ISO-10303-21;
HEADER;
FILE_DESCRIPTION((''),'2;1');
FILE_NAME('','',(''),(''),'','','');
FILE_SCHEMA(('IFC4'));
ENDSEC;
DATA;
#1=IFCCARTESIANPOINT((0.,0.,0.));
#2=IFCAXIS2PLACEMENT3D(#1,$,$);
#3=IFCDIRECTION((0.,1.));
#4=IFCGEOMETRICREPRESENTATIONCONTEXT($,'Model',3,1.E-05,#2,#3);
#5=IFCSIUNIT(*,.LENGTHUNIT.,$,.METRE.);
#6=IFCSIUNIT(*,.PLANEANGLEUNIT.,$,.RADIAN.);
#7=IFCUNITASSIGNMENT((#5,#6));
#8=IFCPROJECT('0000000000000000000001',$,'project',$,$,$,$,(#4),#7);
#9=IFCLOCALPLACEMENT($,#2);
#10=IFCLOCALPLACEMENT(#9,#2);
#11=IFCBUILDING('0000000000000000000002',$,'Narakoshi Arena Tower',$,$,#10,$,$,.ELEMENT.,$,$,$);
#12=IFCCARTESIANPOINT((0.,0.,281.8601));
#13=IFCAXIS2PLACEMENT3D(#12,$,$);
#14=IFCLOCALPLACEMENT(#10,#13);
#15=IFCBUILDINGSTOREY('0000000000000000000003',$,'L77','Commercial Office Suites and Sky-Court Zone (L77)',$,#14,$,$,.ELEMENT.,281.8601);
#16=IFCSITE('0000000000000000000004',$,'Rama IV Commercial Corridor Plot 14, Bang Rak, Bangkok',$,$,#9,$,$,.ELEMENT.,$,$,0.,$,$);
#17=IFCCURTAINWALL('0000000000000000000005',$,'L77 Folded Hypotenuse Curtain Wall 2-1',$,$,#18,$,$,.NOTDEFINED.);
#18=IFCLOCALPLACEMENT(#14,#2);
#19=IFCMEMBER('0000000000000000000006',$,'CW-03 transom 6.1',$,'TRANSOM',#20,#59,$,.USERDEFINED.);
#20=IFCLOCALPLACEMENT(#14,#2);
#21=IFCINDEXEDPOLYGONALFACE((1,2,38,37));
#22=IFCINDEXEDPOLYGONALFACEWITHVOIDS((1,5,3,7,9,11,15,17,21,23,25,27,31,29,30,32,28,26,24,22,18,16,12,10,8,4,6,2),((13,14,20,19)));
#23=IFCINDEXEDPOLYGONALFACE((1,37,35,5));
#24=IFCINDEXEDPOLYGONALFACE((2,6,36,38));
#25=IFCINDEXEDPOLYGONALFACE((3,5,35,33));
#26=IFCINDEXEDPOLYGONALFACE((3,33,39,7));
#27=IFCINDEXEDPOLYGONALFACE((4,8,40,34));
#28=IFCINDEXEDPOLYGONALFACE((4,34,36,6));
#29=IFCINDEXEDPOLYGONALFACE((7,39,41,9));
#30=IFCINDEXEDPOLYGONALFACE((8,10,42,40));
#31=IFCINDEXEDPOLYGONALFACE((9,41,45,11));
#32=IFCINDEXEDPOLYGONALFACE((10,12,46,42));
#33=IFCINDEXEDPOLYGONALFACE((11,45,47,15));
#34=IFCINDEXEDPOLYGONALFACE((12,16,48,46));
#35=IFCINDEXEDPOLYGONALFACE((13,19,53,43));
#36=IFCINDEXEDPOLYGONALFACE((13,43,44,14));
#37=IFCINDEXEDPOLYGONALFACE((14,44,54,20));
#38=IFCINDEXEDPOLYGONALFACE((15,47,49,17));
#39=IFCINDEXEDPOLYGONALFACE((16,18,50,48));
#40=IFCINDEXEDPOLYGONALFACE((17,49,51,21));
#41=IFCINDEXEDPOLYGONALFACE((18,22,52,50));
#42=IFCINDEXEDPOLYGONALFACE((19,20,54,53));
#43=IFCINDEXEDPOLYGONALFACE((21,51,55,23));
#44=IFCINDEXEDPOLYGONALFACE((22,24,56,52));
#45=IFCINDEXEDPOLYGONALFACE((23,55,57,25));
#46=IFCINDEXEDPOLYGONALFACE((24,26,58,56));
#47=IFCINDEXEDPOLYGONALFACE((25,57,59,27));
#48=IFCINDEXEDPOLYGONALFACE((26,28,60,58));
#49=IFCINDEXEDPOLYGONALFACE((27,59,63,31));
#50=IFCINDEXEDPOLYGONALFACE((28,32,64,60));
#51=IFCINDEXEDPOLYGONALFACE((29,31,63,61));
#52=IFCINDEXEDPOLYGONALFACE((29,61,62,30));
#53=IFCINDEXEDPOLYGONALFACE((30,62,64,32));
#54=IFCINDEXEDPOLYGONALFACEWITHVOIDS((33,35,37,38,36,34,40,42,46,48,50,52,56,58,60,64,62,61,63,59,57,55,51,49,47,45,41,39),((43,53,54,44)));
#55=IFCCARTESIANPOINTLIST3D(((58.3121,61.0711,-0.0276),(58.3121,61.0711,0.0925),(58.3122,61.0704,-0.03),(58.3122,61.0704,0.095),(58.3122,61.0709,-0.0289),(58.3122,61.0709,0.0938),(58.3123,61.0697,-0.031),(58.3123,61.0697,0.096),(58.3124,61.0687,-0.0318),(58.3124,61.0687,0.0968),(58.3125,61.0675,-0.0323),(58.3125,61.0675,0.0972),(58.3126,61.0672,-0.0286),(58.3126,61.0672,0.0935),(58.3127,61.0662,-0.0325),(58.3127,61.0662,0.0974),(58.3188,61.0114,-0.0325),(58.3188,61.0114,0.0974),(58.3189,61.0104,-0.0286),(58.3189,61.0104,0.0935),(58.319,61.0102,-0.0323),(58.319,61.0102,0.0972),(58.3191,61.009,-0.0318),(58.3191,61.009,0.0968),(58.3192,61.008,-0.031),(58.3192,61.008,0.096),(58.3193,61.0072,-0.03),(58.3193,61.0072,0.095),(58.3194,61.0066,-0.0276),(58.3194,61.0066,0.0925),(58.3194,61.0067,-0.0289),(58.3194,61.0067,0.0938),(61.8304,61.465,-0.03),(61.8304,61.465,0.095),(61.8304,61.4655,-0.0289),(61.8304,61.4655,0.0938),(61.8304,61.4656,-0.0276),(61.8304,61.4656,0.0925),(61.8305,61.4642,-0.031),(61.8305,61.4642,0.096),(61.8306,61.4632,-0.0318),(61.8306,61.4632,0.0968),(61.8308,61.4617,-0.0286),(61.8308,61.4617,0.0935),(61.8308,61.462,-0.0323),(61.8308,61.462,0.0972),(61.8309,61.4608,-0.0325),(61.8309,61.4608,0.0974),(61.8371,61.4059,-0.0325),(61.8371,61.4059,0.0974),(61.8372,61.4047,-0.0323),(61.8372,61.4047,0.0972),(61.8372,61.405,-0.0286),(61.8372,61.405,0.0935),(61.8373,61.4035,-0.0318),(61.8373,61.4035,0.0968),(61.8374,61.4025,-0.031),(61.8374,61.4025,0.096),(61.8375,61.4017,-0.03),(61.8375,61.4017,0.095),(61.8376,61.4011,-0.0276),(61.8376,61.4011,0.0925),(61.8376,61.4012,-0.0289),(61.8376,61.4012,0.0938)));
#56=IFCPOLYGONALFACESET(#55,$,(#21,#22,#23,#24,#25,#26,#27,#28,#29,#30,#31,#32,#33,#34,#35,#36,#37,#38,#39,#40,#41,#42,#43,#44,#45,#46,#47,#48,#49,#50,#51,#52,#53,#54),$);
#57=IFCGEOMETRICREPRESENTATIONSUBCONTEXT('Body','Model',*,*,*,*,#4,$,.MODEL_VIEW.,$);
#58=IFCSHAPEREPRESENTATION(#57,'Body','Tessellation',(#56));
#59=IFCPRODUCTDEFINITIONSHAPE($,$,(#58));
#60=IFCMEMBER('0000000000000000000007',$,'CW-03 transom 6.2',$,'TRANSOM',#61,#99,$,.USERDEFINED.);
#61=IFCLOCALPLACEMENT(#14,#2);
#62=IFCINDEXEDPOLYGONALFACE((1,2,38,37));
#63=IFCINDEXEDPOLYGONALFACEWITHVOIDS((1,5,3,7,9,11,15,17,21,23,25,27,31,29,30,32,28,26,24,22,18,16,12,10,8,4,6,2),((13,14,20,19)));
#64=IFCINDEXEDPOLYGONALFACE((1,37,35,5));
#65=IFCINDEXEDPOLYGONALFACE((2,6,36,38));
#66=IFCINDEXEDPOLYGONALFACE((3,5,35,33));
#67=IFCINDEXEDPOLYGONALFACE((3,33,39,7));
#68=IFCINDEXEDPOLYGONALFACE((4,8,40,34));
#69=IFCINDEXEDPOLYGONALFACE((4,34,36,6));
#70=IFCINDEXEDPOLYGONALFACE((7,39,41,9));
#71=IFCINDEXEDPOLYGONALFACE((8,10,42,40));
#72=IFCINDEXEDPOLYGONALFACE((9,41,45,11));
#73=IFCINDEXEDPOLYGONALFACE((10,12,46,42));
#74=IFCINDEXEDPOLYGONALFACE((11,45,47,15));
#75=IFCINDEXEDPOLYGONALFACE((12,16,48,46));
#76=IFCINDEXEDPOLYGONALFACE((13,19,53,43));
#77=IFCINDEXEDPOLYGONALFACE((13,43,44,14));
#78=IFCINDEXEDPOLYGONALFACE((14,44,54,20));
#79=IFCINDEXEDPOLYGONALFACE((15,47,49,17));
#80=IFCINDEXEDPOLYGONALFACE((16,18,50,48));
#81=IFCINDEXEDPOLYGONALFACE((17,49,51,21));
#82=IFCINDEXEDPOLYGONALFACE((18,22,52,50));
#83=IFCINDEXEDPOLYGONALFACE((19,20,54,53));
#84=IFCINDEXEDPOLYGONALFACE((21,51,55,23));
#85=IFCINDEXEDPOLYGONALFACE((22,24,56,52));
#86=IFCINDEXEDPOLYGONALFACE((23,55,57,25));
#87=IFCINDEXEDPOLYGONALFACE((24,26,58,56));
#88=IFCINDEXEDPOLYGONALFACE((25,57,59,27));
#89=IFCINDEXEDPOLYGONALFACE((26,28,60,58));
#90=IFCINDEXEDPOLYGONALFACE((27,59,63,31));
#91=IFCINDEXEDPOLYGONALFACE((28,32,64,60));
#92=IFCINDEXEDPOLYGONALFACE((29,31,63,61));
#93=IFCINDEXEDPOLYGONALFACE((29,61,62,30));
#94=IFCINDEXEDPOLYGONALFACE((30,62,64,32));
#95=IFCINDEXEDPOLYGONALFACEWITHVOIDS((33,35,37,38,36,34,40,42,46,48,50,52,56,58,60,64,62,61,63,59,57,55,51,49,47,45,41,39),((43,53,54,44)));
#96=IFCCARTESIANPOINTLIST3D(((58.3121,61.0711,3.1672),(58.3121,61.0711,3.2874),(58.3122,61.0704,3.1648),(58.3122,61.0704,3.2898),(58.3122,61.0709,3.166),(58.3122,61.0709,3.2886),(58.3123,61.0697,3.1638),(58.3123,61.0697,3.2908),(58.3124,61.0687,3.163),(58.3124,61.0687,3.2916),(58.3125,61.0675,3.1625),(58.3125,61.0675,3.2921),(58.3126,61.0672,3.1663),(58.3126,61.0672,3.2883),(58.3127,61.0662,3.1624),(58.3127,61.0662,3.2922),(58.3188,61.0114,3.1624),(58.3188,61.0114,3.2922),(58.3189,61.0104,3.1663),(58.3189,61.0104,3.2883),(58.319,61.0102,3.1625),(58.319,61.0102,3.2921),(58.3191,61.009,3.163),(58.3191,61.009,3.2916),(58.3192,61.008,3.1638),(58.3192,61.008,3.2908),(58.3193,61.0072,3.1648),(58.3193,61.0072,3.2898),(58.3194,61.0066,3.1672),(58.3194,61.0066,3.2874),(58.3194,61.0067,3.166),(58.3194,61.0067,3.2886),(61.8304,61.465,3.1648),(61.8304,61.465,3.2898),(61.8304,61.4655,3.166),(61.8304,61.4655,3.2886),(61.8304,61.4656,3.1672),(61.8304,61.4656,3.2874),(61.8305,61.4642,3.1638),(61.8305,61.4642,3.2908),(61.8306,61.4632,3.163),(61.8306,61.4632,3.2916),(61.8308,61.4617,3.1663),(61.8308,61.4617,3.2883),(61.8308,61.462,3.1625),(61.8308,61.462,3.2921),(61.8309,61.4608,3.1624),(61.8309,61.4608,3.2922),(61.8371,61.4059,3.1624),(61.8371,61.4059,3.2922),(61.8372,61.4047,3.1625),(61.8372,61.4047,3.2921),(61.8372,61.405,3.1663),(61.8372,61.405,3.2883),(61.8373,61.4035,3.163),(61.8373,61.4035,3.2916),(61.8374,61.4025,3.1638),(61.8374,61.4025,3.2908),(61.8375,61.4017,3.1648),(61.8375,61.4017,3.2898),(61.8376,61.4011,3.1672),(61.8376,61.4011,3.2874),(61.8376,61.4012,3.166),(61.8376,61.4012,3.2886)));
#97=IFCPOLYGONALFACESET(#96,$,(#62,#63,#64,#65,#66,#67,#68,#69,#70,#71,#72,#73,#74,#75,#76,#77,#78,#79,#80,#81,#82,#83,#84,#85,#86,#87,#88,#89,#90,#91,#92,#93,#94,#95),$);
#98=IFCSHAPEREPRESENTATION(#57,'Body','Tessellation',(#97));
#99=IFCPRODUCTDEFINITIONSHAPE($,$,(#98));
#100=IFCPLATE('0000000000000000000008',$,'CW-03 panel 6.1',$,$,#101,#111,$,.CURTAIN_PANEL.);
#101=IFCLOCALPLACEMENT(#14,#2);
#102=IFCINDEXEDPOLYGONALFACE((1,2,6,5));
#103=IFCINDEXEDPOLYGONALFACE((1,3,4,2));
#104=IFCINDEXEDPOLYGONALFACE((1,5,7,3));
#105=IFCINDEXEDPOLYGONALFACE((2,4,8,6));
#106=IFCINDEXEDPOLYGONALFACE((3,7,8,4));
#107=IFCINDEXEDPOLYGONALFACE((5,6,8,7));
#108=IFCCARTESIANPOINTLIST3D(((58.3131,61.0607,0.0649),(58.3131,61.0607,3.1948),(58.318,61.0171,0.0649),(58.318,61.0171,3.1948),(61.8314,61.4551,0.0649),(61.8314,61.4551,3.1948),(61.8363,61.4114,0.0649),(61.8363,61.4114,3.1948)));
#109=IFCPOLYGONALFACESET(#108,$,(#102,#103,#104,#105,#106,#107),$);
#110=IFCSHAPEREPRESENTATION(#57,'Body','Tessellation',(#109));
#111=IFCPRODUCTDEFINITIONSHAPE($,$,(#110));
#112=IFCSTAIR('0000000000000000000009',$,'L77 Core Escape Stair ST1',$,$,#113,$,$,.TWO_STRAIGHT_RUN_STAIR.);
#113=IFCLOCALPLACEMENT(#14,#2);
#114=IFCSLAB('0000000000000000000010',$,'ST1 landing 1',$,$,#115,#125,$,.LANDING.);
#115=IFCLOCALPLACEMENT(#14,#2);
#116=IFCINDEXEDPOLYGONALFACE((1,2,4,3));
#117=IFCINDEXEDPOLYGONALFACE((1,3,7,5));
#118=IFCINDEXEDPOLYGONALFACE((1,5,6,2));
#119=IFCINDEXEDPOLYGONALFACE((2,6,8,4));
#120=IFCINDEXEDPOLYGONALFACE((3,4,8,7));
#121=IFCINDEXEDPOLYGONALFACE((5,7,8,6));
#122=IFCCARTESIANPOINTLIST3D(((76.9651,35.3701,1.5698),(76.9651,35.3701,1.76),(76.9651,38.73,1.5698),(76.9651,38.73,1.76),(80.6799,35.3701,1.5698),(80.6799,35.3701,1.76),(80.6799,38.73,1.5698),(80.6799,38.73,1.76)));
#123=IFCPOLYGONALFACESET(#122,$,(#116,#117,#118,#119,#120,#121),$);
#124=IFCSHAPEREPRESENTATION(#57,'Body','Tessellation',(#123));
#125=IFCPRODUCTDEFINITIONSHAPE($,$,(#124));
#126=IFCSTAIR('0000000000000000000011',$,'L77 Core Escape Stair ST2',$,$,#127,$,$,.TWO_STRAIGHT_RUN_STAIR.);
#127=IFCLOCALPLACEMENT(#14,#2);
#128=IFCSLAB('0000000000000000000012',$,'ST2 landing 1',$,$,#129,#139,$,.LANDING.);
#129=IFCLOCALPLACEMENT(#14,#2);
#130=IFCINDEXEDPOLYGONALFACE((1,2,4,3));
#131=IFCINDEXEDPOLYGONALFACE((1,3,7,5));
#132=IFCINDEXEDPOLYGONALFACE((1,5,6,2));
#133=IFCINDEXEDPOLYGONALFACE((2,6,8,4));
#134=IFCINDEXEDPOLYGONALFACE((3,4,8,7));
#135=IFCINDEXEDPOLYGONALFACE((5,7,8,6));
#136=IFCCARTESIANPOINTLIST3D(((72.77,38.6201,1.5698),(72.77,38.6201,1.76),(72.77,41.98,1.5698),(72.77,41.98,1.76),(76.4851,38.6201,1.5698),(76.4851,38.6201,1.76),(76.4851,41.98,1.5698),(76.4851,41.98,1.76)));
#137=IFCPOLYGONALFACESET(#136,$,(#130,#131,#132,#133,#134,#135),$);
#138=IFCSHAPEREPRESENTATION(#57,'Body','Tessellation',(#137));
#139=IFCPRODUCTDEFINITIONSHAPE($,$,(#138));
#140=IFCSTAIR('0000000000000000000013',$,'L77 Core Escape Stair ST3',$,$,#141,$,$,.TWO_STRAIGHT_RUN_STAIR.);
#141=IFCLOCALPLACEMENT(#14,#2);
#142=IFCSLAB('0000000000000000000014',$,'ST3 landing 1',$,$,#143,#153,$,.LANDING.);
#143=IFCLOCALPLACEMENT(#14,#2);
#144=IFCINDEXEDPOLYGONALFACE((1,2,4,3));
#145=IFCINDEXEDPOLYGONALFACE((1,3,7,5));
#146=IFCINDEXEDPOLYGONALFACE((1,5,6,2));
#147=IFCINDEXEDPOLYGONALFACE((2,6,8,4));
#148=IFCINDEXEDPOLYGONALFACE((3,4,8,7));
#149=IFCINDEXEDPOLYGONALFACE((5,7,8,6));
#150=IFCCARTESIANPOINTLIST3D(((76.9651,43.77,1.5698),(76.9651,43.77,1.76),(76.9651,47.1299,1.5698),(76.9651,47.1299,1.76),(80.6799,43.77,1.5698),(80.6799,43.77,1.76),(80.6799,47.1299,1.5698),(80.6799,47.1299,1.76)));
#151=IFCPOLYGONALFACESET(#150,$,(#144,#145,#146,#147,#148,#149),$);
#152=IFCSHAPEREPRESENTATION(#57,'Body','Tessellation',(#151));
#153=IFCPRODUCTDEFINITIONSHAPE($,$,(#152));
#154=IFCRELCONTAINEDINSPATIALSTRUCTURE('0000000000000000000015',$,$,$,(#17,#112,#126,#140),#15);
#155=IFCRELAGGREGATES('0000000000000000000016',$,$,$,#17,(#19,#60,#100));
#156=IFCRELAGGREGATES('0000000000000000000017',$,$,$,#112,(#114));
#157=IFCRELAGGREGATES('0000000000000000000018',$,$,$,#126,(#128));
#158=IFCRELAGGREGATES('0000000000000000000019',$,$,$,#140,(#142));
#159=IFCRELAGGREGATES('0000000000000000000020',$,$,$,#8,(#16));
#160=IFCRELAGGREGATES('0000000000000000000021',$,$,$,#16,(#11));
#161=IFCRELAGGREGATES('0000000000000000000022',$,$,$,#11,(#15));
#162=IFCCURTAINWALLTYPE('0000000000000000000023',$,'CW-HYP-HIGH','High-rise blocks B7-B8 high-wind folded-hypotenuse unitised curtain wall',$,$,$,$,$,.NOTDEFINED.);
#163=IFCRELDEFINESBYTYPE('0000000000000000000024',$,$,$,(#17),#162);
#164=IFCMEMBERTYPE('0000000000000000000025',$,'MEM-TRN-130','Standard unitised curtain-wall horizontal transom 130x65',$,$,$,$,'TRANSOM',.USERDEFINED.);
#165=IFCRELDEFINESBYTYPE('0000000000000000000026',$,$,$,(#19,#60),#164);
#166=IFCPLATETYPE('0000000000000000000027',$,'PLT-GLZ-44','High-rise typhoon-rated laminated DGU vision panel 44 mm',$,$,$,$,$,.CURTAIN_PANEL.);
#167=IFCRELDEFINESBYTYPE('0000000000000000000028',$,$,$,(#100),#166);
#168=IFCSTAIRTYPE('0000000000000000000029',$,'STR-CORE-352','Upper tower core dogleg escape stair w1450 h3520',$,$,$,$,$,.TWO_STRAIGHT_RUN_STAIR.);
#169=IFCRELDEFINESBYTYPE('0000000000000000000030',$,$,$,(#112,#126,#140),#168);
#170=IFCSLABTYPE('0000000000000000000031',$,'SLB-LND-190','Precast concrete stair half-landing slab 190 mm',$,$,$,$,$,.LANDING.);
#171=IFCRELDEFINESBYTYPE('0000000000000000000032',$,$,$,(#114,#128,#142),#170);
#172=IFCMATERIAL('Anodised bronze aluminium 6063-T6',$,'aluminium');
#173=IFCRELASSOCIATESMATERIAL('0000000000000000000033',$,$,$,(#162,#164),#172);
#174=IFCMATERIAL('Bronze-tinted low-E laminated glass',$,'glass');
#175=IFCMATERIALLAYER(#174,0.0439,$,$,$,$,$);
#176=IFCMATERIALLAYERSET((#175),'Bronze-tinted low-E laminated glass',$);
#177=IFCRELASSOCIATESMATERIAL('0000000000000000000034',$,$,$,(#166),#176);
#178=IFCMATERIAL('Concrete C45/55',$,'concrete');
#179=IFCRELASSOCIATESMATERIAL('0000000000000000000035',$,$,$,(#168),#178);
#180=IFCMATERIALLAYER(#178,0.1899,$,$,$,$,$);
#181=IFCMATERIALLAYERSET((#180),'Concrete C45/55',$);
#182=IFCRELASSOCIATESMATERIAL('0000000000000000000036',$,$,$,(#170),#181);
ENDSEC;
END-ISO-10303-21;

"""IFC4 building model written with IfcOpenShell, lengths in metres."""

from ifc_helpers import new_model, si_unit, direction, frame, origin, origin_2d, place, context, subcontext, project, spatial, polyline, rectangle, hollow_rectangle, outline, extrude, material, layer, layer_set, material_profile, profile_set, type_object, element, aggregate, save


model = new_model("IFC4")

# Units and contexts
model_context = context("Model", 3, precision=1e-05, world=origin(), true_north=direction((0.0, 1.0)))
body_context = subcontext(model_context, "Body", "Model", "MODEL_VIEW")
ifc_project = project(units=[si_unit("LENGTHUNIT", "METRE"), si_unit("PLANEANGLEUNIT", "RADIAN")], contexts=[model_context])

# Site, building, storey
site_placement = place(None, origin())
site = spatial("IfcSite", under=ifc_project, at=site_placement, Name="Rama IV Commercial Corridor Plot 14, Bang Rak, Bangkok", CompositionType="ELEMENT", RefElevation=0.0)
building_placement = place(site_placement, origin())
building = spatial("IfcBuilding", under=site, at=building_placement, Name="Narakoshi Arena Tower", CompositionType="ELEMENT")
storey_placement = place(building_placement, frame((0.0, 0.0, 281.8601)))
storey = spatial("IfcBuildingStorey", under=building, at=storey_placement, Name="L77", Description="Commercial Office Suites and Sky-Court Zone (L77)", CompositionType="ELEMENT", Elevation=281.8601)

# Curtain wall, members, plate
ifc_material_1 = material(Name="Anodised bronze aluminium 6063-T6", Category="aluminium")
curtain_wall_type = type_object("IfcCurtainWallType", Name="CW-HYP-HIGH", Description="High-rise blocks B7-B8 high-wind folded-hypotenuse unitised curtain wall", PredefinedType="NOTDEFINED", material=ifc_material_1)
curtain_wall_placement = place(storey_placement, origin())
curtain_wall = element("IfcCurtainWall", 1, at=curtain_wall_placement, inside=storey, type_object=curtain_wall_type, Name="L77 Folded Hypotenuse Curtain Wall 2-1", PredefinedType="NOTDEFINED")
ifc_material_profile_1 = material_profile(ifc_material_1, hollow_rectangle(XDim=0.0649, YDim=0.1299, WallThickness=0.0039, OuterFilletRadius=0.0049, at=origin_2d()), Name="TRN130x65x4")
ifc_profile_set_1 = profile_set([ifc_material_profile_1], Name="Anodised bronze aluminium 6063-T6")
member_type_1 = type_object("IfcMemberType", Name="MEM-TRN-130", Description="Standard unitised curtain-wall horizontal transom 130x65", ElementType="TRANSOM", PredefinedType="USERDEFINED", material=ifc_profile_set_1)
member_1_placement = place(storey_placement, frame((61.834, 61.4333, 0.0325), z_axis=(-0.993771, -0.111438, 0.0), x_axis=(0.111438, -0.993771, 0.0)))
member_1 = element("IfcMember", 2, at=member_1_placement, type_object=member_type_1, Name="CW-03 transom 6.1", ObjectType="TRANSOM", PredefinedType="USERDEFINED", context=body_context, shape_type="SweptSolid", body=[
    extrude(hollow_rectangle(XDim=0.0649, YDim=0.1299, WallThickness=0.0039, OuterFilletRadius=0.0049, at=origin_2d()), origin(), (0.0, 0.0, 1.0), 3.5403),
])
member_2_placement = place(storey_placement, frame((61.834, 61.4333, 3.2273), z_axis=(-0.993771, -0.111438, 0.0), x_axis=(0.111438, -0.993771, 0.0)))
member_2 = element("IfcMember", 3, at=member_2_placement, type_object=member_type_1, Name="CW-03 transom 6.2", ObjectType="TRANSOM", PredefinedType="USERDEFINED", context=body_context, shape_type="SweptSolid", body=[
    extrude(hollow_rectangle(XDim=0.0649, YDim=0.1299, WallThickness=0.0039, OuterFilletRadius=0.0049, at=origin_2d()), origin(), (0.0, 0.0, 1.0), 3.5403),
])
ifc_material_2 = material(Name="Bronze-tinted low-E laminated glass", Category="glass")
ifc_layer_1 = layer(ifc_material_2, 0.0439)
ifc_layer_set_1 = layer_set([ifc_layer_1], Name="Bronze-tinted low-E laminated glass")
plate_type = type_object("IfcPlateType", Name="PLT-GLZ-44", Description="High-rise typhoon-rated laminated DGU vision panel 44 mm", PredefinedType="CURTAIN_PANEL", material=ifc_layer_set_1)
plate_placement = place(storey_placement, frame((60.0747, 61.2361, 0.0649), z_axis=(0.0, 0.0, 1.0), x_axis=(-0.993776, -0.111396, 0.0)))
plate = element("IfcPlate", 4, at=plate_placement, type_object=plate_type, Name="CW-03 panel 6.1", PredefinedType="CURTAIN_PANEL", context=body_context, shape_type="SweptSolid", body=[
    extrude(rectangle(XDim=3.5403, YDim=0.0439, at=origin_2d()), origin(), (0.0, 0.0, 1.0), 3.1299),
])
aggregate(curtain_wall, [member_1, member_2, plate])

# Stairs, slabs
ifc_material_3 = material(Name="Concrete C45/55", Category="concrete")
stair_type = type_object("IfcStairType", Name="STR-CORE-352", Description="Upper tower core dogleg escape stair w1450 h3520", PredefinedType="TWO_STRAIGHT_RUN_STAIR", material=ifc_material_3)
stair_1_placement = place(storey_placement, origin())
stair_1 = element("IfcStair", 5, at=stair_1_placement, inside=storey, type_object=stair_type, Name="L77 Core Escape Stair ST1", PredefinedType="TWO_STRAIGHT_RUN_STAIR")
ifc_layer_2 = layer(ifc_material_3, 0.1899)
ifc_layer_set_2 = layer_set([ifc_layer_2], Name="Concrete C45/55")
slab_type_1 = type_object("IfcSlabType", Name="SLB-LND-190", Description="Precast concrete stair half-landing slab 190 mm", PredefinedType="LANDING", material=ifc_layer_set_2)
slab_1_placement = place(storey_placement, frame((0.0, 0.0, 1.5698)))
slab_1 = element("IfcSlab", 6, at=slab_1_placement, type_object=slab_type_1, Name="ST1 landing 1", PredefinedType="LANDING", context=body_context, shape_type="SweptSolid", body=[
    extrude(outline(polyline([(76.9651, 35.3701), (80.6799, 35.3701), (80.6799, 38.73), (76.9651, 38.73), (76.9651, 35.3701)])), origin(), (0.0, 0.0, 1.0), 0.1902),
])
aggregate(stair_1, [slab_1])
stair_2_placement = place(storey_placement, origin())
stair_2 = element("IfcStair", 7, at=stair_2_placement, inside=storey, type_object=stair_type, Name="L77 Core Escape Stair ST2", PredefinedType="TWO_STRAIGHT_RUN_STAIR")
slab_2_placement = place(storey_placement, frame((0.0, 0.0, 1.5698)))
slab_2 = element("IfcSlab", 8, at=slab_2_placement, type_object=slab_type_1, Name="ST2 landing 1", PredefinedType="LANDING", context=body_context, shape_type="SweptSolid", body=[
    extrude(outline(polyline([(72.77, 38.6201), (76.4851, 38.6201), (76.4851, 41.98), (72.77, 41.98), (72.77, 38.6201)])), origin(), (0.0, 0.0, 1.0), 0.1902),
])
aggregate(stair_2, [slab_2])
stair_3_placement = place(storey_placement, origin())
stair_3 = element("IfcStair", 9, at=stair_3_placement, inside=storey, type_object=stair_type, Name="L77 Core Escape Stair ST3", PredefinedType="TWO_STRAIGHT_RUN_STAIR")
slab_3_placement = place(storey_placement, frame((0.0, 0.0, 1.5698)))
slab_3 = element("IfcSlab", 10, at=slab_3_placement, type_object=slab_type_1, Name="ST3 landing 1", PredefinedType="LANDING", context=body_context, shape_type="SweptSolid", body=[
    extrude(outline(polyline([(76.9651, 43.77), (80.6799, 43.77), (80.6799, 47.1299), (76.9651, 47.1299), (76.9651, 43.77)])), origin(), (0.0, 0.0, 1.0), 0.1902),
])
aggregate(stair_3, [slab_3])

save(model, "model.ifc")
